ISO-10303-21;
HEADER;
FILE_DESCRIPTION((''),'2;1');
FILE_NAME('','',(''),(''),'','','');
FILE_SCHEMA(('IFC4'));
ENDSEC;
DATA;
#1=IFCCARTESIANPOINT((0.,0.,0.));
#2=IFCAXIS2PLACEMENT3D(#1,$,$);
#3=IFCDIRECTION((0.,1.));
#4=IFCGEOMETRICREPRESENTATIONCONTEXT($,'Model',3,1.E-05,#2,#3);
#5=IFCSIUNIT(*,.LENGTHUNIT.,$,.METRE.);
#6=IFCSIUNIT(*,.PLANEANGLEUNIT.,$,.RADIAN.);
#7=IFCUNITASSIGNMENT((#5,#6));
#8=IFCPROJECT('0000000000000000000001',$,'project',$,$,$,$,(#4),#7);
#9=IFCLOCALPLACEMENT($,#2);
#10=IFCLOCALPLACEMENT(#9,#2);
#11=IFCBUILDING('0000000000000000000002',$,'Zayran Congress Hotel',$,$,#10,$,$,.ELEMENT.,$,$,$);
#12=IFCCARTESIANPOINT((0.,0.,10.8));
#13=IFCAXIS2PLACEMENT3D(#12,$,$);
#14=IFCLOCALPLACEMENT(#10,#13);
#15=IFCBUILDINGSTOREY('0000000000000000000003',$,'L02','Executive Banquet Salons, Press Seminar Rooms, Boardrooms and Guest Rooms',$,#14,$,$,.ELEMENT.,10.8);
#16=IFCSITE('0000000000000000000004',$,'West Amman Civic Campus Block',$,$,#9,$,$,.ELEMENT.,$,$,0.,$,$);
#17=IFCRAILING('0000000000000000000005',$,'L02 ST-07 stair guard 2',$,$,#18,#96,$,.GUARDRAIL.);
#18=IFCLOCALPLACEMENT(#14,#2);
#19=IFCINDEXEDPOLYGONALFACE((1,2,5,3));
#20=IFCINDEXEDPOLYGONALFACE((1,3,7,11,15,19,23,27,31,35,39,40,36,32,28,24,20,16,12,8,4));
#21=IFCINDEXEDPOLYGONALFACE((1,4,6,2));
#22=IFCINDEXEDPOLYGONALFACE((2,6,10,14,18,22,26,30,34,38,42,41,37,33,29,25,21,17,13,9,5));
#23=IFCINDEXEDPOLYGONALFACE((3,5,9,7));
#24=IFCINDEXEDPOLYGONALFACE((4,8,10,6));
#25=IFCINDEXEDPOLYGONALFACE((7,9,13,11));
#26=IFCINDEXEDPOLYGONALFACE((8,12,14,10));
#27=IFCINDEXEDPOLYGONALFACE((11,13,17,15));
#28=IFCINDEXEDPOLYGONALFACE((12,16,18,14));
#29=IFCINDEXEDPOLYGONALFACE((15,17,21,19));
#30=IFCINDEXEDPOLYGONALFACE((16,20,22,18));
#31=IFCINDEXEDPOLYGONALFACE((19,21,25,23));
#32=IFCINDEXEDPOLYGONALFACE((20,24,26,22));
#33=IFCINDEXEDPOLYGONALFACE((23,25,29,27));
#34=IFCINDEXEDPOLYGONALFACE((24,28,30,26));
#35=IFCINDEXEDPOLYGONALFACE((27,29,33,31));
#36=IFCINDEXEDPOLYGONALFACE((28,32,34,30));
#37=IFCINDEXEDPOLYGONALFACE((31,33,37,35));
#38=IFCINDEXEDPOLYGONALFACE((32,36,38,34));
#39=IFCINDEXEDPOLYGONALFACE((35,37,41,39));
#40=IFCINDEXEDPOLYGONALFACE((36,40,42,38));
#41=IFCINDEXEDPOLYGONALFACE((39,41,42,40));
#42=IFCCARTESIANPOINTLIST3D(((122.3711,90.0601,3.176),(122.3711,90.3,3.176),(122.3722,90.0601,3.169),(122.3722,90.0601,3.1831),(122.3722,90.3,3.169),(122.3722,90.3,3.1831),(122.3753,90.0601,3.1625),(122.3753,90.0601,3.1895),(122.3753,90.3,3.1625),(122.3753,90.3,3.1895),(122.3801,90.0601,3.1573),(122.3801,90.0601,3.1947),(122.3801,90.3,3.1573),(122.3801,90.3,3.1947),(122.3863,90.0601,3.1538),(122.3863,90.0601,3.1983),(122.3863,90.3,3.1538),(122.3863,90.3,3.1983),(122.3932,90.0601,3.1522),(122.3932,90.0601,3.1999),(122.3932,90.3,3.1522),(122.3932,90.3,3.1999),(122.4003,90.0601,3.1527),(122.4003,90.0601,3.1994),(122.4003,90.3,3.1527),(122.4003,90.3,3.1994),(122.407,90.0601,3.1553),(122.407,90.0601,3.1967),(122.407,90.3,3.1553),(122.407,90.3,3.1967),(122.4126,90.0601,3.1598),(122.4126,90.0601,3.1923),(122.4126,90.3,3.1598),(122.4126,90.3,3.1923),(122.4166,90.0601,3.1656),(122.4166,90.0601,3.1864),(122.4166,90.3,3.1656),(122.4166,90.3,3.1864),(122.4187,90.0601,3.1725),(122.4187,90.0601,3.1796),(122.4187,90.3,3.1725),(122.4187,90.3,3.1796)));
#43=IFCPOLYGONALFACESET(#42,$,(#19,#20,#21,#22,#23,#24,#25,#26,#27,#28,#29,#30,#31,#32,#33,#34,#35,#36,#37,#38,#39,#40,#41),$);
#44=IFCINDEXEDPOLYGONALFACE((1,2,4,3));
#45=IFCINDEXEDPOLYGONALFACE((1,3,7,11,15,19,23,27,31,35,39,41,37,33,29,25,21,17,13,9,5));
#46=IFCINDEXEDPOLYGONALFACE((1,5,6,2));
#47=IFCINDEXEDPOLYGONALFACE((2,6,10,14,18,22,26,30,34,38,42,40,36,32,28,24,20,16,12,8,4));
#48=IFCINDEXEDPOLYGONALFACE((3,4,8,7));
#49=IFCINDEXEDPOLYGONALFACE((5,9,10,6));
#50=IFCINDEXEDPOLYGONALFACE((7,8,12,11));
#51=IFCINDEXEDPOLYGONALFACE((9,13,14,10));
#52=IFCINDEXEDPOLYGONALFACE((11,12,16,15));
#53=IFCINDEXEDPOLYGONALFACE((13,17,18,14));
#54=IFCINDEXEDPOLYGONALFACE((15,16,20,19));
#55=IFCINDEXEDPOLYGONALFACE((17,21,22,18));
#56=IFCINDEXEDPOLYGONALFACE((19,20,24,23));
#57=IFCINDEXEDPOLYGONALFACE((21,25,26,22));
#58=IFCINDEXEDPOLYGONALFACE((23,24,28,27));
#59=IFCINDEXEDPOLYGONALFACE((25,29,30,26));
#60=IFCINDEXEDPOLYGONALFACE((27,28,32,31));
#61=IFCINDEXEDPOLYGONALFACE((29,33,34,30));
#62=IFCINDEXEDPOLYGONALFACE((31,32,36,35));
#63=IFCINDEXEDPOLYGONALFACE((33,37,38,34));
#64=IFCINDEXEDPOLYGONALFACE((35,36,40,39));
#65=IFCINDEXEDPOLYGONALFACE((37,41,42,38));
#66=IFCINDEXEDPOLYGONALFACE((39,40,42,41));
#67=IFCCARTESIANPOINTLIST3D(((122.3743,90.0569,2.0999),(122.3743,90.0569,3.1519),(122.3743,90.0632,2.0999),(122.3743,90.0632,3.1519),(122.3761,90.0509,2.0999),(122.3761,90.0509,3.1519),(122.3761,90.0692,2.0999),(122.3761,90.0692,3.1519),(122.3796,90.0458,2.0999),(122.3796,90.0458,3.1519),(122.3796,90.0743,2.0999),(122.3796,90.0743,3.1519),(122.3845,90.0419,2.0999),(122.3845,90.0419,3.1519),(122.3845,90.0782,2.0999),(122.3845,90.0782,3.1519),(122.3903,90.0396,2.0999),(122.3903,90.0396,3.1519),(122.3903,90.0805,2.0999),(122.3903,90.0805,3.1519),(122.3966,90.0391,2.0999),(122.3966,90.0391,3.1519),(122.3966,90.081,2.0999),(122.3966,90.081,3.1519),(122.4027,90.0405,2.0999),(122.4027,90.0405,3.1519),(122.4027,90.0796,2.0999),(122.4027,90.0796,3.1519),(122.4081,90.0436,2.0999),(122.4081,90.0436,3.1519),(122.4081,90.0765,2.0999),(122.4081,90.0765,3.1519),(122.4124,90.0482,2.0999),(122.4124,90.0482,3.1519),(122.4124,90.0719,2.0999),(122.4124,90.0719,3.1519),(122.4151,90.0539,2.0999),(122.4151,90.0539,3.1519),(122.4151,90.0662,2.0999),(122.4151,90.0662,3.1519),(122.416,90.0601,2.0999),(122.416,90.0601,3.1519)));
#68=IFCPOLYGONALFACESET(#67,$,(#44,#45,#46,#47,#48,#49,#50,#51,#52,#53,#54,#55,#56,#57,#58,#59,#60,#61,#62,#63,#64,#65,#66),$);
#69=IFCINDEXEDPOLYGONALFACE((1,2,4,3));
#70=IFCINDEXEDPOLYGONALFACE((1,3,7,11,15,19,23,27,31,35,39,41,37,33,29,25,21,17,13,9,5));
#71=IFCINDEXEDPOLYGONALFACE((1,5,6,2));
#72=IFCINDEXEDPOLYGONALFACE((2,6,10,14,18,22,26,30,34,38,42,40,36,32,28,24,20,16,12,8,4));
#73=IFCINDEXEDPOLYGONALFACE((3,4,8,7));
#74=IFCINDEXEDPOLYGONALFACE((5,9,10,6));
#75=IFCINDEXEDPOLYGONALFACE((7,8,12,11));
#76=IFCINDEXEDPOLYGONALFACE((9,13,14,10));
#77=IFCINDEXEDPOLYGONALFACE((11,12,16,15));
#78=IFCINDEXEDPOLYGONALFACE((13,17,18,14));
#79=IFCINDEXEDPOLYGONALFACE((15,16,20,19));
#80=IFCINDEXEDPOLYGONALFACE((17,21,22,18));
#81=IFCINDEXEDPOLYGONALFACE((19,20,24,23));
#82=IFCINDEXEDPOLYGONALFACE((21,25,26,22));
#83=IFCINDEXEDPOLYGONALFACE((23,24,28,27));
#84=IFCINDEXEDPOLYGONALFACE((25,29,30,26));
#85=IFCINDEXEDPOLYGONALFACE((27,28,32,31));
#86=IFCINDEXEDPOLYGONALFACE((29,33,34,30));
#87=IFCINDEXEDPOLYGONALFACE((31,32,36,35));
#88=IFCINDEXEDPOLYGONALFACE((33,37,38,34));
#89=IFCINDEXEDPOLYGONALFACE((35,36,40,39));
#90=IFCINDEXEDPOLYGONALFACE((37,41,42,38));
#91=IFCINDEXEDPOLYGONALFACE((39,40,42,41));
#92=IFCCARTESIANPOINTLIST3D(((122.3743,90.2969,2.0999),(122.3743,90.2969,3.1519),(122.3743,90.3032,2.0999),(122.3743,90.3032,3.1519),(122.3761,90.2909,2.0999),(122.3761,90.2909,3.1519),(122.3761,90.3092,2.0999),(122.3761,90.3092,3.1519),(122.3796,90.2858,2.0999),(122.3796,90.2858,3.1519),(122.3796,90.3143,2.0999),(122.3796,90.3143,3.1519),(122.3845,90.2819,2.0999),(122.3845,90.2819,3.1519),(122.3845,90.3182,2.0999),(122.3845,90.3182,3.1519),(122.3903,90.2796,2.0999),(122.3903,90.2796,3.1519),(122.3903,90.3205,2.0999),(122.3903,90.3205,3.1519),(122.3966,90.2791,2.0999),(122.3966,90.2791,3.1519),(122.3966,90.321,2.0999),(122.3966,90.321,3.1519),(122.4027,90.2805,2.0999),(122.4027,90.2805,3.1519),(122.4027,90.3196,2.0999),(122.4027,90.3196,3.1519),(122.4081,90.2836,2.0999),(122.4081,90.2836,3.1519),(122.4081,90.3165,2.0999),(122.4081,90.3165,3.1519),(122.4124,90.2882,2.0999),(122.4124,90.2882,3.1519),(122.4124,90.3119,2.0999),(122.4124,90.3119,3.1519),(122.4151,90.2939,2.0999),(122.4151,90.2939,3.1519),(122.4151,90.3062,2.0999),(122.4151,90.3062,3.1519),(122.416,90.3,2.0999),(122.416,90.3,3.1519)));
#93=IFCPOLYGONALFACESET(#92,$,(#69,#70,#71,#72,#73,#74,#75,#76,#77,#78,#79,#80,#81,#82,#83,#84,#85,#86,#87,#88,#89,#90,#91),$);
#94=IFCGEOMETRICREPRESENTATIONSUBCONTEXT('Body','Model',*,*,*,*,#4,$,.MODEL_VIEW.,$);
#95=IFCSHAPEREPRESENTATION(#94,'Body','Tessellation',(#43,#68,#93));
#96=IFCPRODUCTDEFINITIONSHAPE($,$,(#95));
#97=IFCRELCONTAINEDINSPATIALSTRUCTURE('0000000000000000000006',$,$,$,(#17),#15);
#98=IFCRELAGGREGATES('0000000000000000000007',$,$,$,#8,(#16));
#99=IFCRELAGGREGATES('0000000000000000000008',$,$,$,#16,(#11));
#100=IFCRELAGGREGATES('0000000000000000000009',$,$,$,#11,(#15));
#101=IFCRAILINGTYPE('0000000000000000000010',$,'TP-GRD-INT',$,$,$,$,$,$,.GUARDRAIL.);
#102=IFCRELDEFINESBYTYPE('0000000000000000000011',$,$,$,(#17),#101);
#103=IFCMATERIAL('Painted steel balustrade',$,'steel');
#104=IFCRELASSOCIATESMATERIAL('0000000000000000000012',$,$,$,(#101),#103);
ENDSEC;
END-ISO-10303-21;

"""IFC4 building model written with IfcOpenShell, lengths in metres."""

from ifc_helpers import new_model, si_unit, direction, frame, origin, origin_2d, place, context, subcontext, project, spatial, circle, extrude, material, type_object, element, save


model = new_model("IFC4")

# Units and contexts
model_context = context("Model", 3, precision=1e-05, world=origin(), true_north=direction((0.0, 1.0)))
body_context = subcontext(model_context, "Body", "Model", "MODEL_VIEW")
ifc_project = project(units=[si_unit("LENGTHUNIT", "METRE"), si_unit("PLANEANGLEUNIT", "RADIAN")], contexts=[model_context])

# Site, building, storey
site_placement = place(None, origin())
site = spatial("IfcSite", under=ifc_project, at=site_placement, Name="West Amman Civic Campus Block", CompositionType="ELEMENT", RefElevation=0.0)
building_placement = place(site_placement, origin())
building = spatial("IfcBuilding", under=site, at=building_placement, Name="Zayran Congress Hotel", CompositionType="ELEMENT")
storey_placement = place(building_placement, frame((0.0, 0.0, 10.8)))
storey = spatial("IfcBuildingStorey", under=building, at=storey_placement, Name="L02", Description="Executive Banquet Salons, Press Seminar Rooms, Boardrooms and Guest Rooms", CompositionType="ELEMENT", Elevation=10.8)

# Railing
ifc_material_1 = material(Name="Painted steel balustrade", Category="steel")
railing_type_1 = type_object("IfcRailingType", Name="TP-GRD-INT", PredefinedType="GUARDRAIL", material=ifc_material_1)
railing_1_placement = place(storey_placement, frame((122.395, 90.0601, 2.0999)))
element("IfcRailing", 1, at=railing_1_placement, inside=storey, type_object=railing_type_1, Name="L02 ST-07 stair guard 2", PredefinedType="GUARDRAIL", context=body_context, shape_type="SweptSolid", body=[
    extrude(circle(Radius=0.0239, at=origin_2d()), frame((0.0, 0.0, 1.0762), z_axis=(0.0, 1.0, 0.0), x_axis=(-1.0, 0.0, 0.0)), (0.0, 0.0, 1.0), 0.24),
    extrude(circle(Radius=0.021, at=origin_2d()), origin(), (0.0, 0.0, 1.0), 1.052),
    extrude(circle(Radius=0.021, at=origin_2d()), frame((0.0, 0.24, 0.0)), (0.0, 0.0, 1.0), 1.052),
])

save(model, "model.ifc")
